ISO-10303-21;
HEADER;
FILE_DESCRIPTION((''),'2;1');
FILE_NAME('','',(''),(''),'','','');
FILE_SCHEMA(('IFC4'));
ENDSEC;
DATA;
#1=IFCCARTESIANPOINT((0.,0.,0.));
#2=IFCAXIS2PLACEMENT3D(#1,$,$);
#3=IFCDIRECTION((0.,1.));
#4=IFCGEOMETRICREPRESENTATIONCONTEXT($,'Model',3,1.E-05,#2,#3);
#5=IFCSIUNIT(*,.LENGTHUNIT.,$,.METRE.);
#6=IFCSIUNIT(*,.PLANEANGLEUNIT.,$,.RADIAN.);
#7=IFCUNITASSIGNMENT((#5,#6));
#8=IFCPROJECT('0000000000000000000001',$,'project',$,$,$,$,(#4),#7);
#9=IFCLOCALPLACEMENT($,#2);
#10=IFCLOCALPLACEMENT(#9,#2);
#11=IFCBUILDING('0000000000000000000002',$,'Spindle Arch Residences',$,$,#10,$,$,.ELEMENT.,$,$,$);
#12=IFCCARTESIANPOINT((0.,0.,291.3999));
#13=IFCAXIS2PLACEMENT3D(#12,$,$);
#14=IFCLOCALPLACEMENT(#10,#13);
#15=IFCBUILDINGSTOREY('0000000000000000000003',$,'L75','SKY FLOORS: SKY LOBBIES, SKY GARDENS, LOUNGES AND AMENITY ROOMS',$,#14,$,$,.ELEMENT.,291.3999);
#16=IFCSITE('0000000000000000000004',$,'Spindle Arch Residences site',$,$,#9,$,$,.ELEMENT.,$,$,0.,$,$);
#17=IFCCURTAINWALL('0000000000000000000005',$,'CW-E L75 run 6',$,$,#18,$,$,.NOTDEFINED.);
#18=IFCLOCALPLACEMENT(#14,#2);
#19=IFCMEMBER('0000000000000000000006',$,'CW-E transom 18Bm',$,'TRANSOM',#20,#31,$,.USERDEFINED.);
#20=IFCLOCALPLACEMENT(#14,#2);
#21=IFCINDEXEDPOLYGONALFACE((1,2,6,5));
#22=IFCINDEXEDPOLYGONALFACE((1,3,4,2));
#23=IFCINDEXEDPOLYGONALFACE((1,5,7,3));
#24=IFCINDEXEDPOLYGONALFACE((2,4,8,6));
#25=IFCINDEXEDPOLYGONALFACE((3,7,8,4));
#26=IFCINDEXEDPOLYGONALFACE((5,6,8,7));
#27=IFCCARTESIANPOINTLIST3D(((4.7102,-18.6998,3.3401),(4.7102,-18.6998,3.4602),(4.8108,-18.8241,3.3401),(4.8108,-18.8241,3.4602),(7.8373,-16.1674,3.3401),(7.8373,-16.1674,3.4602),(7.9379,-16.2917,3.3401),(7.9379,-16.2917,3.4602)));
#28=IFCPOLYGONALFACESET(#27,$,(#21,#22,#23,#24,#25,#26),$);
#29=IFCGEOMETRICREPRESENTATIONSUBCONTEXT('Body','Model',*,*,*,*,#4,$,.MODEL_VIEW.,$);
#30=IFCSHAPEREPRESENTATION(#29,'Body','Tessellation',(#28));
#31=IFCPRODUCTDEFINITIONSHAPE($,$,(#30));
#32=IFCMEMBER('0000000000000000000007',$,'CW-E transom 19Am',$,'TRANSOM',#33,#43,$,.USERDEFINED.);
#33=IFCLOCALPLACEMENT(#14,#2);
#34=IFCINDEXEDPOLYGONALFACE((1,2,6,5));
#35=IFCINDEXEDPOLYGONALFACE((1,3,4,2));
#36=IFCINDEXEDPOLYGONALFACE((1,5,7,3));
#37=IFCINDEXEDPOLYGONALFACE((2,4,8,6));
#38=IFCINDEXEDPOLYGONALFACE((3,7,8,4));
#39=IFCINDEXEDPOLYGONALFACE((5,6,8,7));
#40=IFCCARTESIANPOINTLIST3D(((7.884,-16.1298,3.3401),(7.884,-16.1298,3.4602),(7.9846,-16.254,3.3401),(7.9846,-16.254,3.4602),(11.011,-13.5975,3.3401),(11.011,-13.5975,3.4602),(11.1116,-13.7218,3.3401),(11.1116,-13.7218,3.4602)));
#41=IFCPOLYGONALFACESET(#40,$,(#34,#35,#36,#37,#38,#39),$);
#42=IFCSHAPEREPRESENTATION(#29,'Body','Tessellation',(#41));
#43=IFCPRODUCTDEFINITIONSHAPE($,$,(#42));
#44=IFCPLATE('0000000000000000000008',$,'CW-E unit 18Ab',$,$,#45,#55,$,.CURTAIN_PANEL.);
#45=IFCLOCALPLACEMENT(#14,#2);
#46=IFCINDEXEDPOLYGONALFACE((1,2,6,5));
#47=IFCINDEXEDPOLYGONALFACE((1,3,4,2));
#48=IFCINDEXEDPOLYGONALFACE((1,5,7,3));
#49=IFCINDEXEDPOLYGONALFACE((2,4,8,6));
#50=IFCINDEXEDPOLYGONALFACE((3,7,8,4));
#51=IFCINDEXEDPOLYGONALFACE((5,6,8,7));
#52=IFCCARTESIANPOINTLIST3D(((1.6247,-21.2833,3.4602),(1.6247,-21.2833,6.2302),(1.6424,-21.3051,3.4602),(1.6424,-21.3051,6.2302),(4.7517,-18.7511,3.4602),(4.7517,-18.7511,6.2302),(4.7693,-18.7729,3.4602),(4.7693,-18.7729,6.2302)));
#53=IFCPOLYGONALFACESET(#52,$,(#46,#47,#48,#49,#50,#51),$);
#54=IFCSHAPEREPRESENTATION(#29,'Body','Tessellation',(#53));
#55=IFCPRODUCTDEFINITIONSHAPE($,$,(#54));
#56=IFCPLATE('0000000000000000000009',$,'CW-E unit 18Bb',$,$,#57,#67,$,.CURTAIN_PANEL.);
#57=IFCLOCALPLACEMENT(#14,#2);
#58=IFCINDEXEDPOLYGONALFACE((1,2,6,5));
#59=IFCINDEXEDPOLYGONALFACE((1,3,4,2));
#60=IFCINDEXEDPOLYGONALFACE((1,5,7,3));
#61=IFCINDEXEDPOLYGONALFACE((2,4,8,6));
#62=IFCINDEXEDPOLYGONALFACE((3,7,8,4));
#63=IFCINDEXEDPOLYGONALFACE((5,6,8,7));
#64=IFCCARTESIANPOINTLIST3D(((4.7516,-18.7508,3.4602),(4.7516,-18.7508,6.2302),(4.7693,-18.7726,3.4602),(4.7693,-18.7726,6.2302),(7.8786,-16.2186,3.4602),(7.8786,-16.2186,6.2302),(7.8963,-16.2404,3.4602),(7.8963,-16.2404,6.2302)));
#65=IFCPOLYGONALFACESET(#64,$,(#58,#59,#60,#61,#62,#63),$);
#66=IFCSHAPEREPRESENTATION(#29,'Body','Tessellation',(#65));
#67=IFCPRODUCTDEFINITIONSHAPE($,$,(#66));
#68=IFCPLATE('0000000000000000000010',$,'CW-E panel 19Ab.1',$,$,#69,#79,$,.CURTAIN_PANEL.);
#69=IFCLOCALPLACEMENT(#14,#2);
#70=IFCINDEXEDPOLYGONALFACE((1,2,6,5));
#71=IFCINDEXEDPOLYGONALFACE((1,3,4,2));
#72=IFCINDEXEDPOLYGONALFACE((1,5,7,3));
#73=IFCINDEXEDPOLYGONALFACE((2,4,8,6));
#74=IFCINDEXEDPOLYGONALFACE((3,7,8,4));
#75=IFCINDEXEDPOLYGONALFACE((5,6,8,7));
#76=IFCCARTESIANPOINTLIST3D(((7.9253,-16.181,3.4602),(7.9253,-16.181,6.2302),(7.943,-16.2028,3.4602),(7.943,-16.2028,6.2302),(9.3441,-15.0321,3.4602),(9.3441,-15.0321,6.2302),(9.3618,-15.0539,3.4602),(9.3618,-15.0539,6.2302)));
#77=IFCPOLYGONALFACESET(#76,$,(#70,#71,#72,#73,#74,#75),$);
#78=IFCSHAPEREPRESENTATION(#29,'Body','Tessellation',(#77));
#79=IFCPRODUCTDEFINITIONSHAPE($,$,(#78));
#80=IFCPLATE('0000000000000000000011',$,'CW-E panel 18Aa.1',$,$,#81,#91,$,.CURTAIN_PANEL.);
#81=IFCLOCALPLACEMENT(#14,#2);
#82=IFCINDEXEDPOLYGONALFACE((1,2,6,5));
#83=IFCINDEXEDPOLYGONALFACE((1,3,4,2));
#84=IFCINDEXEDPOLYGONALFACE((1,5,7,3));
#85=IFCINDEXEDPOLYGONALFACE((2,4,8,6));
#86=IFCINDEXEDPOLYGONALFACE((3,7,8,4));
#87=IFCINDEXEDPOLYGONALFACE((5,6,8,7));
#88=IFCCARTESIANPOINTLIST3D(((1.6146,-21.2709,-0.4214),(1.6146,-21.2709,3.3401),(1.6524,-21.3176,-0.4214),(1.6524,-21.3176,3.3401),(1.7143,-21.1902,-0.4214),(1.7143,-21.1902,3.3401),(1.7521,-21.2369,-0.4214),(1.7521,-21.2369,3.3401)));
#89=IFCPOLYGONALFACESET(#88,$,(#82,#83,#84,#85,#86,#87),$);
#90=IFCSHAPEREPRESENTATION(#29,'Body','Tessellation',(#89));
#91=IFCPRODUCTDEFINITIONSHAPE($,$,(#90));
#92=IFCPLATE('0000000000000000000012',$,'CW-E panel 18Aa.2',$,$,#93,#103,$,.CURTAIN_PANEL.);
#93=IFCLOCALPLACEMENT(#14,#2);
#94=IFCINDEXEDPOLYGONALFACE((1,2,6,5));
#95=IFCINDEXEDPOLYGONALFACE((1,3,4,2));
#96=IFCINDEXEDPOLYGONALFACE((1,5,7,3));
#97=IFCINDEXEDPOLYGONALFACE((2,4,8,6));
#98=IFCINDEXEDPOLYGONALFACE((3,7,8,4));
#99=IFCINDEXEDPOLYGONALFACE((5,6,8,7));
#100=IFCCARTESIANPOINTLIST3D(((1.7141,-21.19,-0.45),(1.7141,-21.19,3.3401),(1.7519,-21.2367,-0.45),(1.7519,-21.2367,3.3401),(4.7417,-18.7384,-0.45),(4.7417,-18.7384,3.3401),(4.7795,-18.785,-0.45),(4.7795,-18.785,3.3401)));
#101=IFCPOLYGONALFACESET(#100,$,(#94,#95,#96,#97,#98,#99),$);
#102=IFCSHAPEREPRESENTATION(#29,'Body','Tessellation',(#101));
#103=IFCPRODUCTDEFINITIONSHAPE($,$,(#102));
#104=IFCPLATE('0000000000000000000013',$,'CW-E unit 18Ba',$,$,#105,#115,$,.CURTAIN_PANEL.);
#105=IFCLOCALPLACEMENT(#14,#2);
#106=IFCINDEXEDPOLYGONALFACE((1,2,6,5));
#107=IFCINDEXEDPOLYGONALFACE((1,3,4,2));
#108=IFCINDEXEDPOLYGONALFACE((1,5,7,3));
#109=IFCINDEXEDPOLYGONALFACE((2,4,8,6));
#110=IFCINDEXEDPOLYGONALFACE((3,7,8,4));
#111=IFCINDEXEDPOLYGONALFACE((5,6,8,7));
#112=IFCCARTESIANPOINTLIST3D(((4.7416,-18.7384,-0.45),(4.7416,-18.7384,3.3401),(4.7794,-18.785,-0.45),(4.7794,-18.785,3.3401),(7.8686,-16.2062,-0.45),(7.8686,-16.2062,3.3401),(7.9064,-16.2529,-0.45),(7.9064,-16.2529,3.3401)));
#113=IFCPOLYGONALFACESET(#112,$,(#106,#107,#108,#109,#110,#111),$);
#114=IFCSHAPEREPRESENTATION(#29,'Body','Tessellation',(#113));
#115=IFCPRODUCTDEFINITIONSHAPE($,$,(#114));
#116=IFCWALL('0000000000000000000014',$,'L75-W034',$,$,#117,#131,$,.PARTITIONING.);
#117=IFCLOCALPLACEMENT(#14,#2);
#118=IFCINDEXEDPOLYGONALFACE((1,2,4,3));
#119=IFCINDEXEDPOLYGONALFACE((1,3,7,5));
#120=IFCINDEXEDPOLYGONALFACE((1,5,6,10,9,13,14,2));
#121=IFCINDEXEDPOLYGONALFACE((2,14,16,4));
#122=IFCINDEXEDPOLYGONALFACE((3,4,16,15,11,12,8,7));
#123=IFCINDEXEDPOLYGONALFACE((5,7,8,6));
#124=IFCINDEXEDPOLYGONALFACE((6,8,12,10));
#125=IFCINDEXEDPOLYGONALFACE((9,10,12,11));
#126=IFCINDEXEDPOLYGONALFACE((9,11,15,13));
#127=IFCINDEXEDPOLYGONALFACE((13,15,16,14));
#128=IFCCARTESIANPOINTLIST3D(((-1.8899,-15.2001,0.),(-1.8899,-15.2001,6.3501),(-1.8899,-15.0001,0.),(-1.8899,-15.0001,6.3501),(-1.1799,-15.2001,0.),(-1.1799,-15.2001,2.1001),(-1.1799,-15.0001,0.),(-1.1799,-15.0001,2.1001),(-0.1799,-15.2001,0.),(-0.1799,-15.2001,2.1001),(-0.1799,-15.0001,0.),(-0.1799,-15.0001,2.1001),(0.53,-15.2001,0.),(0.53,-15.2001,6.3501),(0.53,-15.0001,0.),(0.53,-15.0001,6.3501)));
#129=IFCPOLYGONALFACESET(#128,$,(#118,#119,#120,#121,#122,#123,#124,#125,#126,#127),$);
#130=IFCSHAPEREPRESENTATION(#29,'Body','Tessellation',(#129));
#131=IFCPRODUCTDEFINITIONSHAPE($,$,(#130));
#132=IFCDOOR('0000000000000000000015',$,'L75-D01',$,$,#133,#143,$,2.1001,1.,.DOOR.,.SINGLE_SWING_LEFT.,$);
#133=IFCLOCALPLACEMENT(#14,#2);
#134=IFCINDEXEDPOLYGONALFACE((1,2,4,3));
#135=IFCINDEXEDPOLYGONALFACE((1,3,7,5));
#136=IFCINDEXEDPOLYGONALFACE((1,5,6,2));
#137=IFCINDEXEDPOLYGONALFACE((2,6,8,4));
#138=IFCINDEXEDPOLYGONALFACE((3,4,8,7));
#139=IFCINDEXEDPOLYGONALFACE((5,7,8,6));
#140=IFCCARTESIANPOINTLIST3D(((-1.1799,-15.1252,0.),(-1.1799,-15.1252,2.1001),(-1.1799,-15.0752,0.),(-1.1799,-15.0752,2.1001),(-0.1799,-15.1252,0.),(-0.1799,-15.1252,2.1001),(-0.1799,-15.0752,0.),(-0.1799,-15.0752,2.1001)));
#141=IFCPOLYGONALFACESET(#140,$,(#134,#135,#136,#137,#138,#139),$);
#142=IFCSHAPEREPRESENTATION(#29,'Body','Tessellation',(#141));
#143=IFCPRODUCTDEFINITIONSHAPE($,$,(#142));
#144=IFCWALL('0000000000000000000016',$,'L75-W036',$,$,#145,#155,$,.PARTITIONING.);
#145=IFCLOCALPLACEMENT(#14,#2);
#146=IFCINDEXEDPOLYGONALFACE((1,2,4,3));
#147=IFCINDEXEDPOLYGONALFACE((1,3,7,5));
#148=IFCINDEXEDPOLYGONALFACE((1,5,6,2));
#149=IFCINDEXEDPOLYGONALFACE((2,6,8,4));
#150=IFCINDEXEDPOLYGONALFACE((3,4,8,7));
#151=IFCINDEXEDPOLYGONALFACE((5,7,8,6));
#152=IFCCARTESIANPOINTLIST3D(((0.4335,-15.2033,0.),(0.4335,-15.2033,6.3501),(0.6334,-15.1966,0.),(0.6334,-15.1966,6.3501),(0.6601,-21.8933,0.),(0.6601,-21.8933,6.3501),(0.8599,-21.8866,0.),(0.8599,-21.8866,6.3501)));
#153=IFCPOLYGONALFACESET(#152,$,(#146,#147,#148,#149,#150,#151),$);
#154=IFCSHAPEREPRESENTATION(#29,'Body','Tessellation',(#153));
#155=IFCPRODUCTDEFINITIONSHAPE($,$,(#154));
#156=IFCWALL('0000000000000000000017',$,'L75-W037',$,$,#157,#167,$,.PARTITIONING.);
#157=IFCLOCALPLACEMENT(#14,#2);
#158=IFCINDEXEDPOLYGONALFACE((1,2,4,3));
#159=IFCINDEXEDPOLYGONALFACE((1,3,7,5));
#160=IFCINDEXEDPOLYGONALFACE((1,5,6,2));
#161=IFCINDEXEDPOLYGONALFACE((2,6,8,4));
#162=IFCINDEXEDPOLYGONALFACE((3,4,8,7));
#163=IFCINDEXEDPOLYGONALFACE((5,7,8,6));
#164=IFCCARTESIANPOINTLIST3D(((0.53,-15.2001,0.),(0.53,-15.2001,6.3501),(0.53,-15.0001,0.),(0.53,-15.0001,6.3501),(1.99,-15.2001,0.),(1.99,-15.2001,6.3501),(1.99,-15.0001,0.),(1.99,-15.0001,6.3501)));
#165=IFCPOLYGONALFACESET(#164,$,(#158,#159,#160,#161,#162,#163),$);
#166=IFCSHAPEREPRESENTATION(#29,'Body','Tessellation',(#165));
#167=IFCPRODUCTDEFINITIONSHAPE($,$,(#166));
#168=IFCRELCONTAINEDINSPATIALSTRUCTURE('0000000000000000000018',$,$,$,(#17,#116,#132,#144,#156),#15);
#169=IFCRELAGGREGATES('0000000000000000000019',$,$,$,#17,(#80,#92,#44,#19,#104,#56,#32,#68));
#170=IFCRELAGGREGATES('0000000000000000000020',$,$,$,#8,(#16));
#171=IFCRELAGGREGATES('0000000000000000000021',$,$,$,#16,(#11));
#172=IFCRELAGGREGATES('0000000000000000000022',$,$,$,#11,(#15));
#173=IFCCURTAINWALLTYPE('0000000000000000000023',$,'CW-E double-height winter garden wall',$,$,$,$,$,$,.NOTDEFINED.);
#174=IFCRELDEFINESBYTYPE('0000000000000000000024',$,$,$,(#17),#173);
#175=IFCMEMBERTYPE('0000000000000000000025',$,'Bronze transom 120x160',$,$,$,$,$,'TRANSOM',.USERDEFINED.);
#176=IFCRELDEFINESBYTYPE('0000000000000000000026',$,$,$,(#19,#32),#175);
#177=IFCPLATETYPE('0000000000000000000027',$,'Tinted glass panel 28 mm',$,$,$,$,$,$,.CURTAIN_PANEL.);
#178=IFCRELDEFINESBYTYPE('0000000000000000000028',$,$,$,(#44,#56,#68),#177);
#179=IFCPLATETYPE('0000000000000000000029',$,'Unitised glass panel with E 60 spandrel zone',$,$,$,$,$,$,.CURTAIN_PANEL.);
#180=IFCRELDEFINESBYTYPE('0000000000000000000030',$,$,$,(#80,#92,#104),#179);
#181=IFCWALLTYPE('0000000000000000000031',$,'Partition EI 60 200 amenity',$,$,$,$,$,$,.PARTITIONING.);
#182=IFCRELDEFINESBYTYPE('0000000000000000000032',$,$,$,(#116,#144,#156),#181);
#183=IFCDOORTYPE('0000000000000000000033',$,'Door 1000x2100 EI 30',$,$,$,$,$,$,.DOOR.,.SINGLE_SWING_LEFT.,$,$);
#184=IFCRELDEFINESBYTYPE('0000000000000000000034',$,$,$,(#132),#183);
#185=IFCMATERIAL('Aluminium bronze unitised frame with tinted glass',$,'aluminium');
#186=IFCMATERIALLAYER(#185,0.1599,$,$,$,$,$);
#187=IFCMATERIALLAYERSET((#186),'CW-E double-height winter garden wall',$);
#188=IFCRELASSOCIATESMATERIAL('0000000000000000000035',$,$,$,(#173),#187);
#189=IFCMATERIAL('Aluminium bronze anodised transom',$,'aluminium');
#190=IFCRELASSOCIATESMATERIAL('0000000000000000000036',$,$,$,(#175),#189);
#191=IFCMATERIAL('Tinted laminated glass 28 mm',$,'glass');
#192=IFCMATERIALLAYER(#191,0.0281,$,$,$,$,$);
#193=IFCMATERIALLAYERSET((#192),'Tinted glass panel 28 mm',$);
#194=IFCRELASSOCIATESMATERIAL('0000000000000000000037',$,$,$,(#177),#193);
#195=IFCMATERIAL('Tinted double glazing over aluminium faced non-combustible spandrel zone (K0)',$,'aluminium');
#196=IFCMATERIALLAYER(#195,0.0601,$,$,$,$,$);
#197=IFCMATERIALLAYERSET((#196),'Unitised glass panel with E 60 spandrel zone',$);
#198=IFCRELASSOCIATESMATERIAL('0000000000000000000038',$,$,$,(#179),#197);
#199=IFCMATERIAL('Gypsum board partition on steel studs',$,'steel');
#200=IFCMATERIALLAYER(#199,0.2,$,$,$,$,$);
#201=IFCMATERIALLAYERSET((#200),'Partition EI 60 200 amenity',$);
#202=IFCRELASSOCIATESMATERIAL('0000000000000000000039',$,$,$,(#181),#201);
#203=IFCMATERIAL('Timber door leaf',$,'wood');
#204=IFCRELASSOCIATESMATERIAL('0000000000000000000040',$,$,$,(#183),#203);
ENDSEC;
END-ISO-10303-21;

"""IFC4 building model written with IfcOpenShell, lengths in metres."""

from ifc_helpers import new_model, si_unit, direction, frame, frame_2d, origin, origin_2d, place, context, subcontext, project, spatial, rectangle, extrude, material, layer, layer_set, material_profile, profile_set, type_object, element, fill, aggregate, save


model = new_model("IFC4")

# Units and contexts
model_context = context("Model", 3, precision=1e-05, world=origin(), true_north=direction((0.0, 1.0)))
body_context = subcontext(model_context, "Body", "Model", "MODEL_VIEW")
ifc_project = project(units=[si_unit("LENGTHUNIT", "METRE"), si_unit("PLANEANGLEUNIT", "RADIAN")], contexts=[model_context])

# Site, building, storey
site_placement = place(None, origin())
site = spatial("IfcSite", under=ifc_project, at=site_placement, Name="Spindle Arch Residences site", CompositionType="ELEMENT", RefElevation=0.0)
building_placement = place(site_placement, origin())
building = spatial("IfcBuilding", under=site, at=building_placement, Name="Spindle Arch Residences", CompositionType="ELEMENT")
storey_placement = place(building_placement, frame((0.0, 0.0, 291.3999)))
storey = spatial("IfcBuildingStorey", under=building, at=storey_placement, Name="L75", Description="SKY FLOORS: SKY LOBBIES, SKY GARDENS, LOUNGES AND AMENITY ROOMS", CompositionType="ELEMENT", Elevation=291.3999)

# Curtain wall, members, plates
ifc_material_1 = material(Name="Aluminium bronze unitised frame with tinted glass", Category="aluminium")
ifc_layer_1 = layer(ifc_material_1, 0.1599)
ifc_layer_set_1 = layer_set([ifc_layer_1], Name="CW-E double-height winter garden wall")
curtain_wall_type = type_object("IfcCurtainWallType", Name="CW-E double-height winter garden wall", PredefinedType="NOTDEFINED", material=ifc_layer_set_1)
curtain_wall_placement = place(storey_placement, origin())
curtain_wall = element("IfcCurtainWall", 1, at=curtain_wall_placement, inside=storey, type_object=curtain_wall_type, Name="CW-E L75 run 6", PredefinedType="NOTDEFINED")
ifc_material_2 = material(Name="Aluminium bronze anodised transom", Category="aluminium")
ifc_material_profile_1 = material_profile(ifc_material_2, rectangle(XDim=0.1599, YDim=0.1201, at=origin_2d()), Name="TR 120x160")
ifc_profile_set_1 = profile_set([ifc_material_profile_1], Name="Aluminium bronze anodised transom")
member_type_1 = type_object("IfcMemberType", Name="Bronze transom 120x160", ElementType="TRANSOM", PredefinedType="USERDEFINED", material=ifc_profile_set_1)
member_1_placement = place(storey_placement, frame((4.7605, -18.762, 3.4001), z_axis=(0.777132, 0.629338, 0.0), x_axis=(-0.629338, 0.777132, 0.0)))
member_1 = element("IfcMember", 2, at=member_1_placement, type_object=member_type_1, Name="CW-E transom 18Bm", ObjectType="TRANSOM", PredefinedType="USERDEFINED", context=body_context, shape_type="SweptSolid", body=[
    extrude(rectangle(XDim=0.1599, YDim=0.1201, at=origin_2d()), origin(), (0.0, 0.0, 1.0), 4.0239),
])
member_2_placement = place(storey_placement, frame((7.9343, -16.1919, 3.4001), z_axis=(0.777137, 0.629331, 0.0), x_axis=(-0.629331, 0.777137, 0.0)))
member_2 = element("IfcMember", 3, at=member_2_placement, type_object=member_type_1, Name="CW-E transom 19Am", ObjectType="TRANSOM", PredefinedType="USERDEFINED", context=body_context, shape_type="SweptSolid", body=[
    extrude(rectangle(XDim=0.1599, YDim=0.1201, at=origin_2d()), origin(), (0.0, 0.0, 1.0), 4.0237),
])
ifc_material_3 = material(Name="Tinted laminated glass 28 mm", Category="glass")
ifc_layer_2 = layer(ifc_material_3, 0.0281)
ifc_layer_set_2 = layer_set([ifc_layer_2], Name="Tinted glass panel 28 mm")
plate_type_1 = type_object("IfcPlateType", Name="Tinted glass panel 28 mm", PredefinedType="CURTAIN_PANEL", material=ifc_layer_set_2)
plate_1_placement = place(storey_placement, frame((3.197, -20.0281, 3.4602), z_axis=(0.0, 0.0, 1.0), x_axis=(0.777146, 0.62932, 0.0)))
plate_1 = element("IfcPlate", 4, at=plate_1_placement, type_object=plate_type_1, Name="CW-E unit 18Ab", PredefinedType="CURTAIN_PANEL", context=body_context, shape_type="SweptSolid", body=[
    extrude(rectangle(XDim=4.0237, YDim=0.0281, at=origin_2d()), origin(), (0.0, 0.0, 1.0), 2.77),
])
plate_2_placement = place(storey_placement, frame((6.324, -17.4956, 3.4602), z_axis=(0.0, 0.0, 1.0), x_axis=(0.777146, 0.62932, 0.0)))
plate_2 = element("IfcPlate", 5, at=plate_2_placement, type_object=plate_type_1, Name="CW-E unit 18Bb", PredefinedType="CURTAIN_PANEL", context=body_context, shape_type="SweptSolid", body=[
    extrude(rectangle(XDim=4.0237, YDim=0.0281, at=origin_2d()), origin(), (0.0, 0.0, 1.0), 2.77),
])
plate_3_placement = place(storey_placement, frame((8.6436, -15.6174, 3.4602), z_axis=(0.0, 0.0, 1.0), x_axis=(0.777146, 0.62932, 0.0)))
plate_3 = element("IfcPlate", 6, at=plate_3_placement, type_object=plate_type_1, Name="CW-E panel 19Ab.1", PredefinedType="CURTAIN_PANEL", context=body_context, shape_type="SweptSolid", body=[
    extrude(rectangle(XDim=1.8257, YDim=0.0281, at=origin_2d()), origin(), (0.0, 0.0, 1.0), 2.77),
])
ifc_material_4 = material(Name="Tinted double glazing over aluminium faced non-combustible spandrel zone (K0)", Category="aluminium")
ifc_layer_3 = layer(ifc_material_4, 0.0601)
ifc_layer_set_3 = layer_set([ifc_layer_3], Name="Unitised glass panel with E 60 spandrel zone")
plate_type_2 = type_object("IfcPlateType", Name="Unitised glass panel with E 60 spandrel zone", PredefinedType="CURTAIN_PANEL", material=ifc_layer_set_3)
plate_4_placement = place(storey_placement, frame((1.6833, -21.2539, -0.4214), z_axis=(0.0, 0.0, 1.0), x_axis=(0.777146, 0.62932, 0.0)))
plate_4 = element("IfcPlate", 7, at=plate_4_placement, type_object=plate_type_2, Name="CW-E panel 18Aa.1", PredefinedType="CURTAIN_PANEL", context=body_context, shape_type="SweptSolid", body=[
    extrude(rectangle(XDim=0.1282, YDim=0.0601, at=origin_2d()), origin(), (0.0, 0.0, 1.0), 3.7615),
])
plate_5_placement = place(storey_placement, frame((3.2468, -19.9875, -0.45), z_axis=(0.0, 0.0, 1.0), x_axis=(0.777146, 0.62932, 0.0)))
plate_5 = element("IfcPlate", 8, at=plate_5_placement, type_object=plate_type_2, Name="CW-E panel 18Aa.2", PredefinedType="CURTAIN_PANEL", context=body_context, shape_type="SweptSolid", body=[
    extrude(rectangle(XDim=3.8958, YDim=0.0601, at=origin_2d()), origin(), (0.0, 0.0, 1.0), 3.79),
])
plate_6_placement = place(storey_placement, frame((6.324, -17.4956, -0.45), z_axis=(0.0, 0.0, 1.0), x_axis=(0.777146, 0.62932, 0.0)))
plate_6 = element("IfcPlate", 9, at=plate_6_placement, type_object=plate_type_2, Name="CW-E unit 18Ba", PredefinedType="CURTAIN_PANEL", context=body_context, shape_type="SweptSolid", body=[
    extrude(rectangle(XDim=4.0237, YDim=0.0601, at=origin_2d()), origin(), (0.0, 0.0, 1.0), 3.79),
])
aggregate(curtain_wall, [plate_4, plate_5, plate_1, member_1, plate_6, plate_2, member_2, plate_3])

# Wall, opening, door
ifc_material_5 = material(Name="Gypsum board partition on steel studs", Category="steel")
ifc_layer_4 = layer(ifc_material_5, 0.2)
ifc_layer_set_4 = layer_set([ifc_layer_4], Name="Partition EI 60 200 amenity")
wall_type = type_object("IfcWallType", Name="Partition EI 60 200 amenity", PredefinedType="PARTITIONING", material=ifc_layer_set_4)
wall_1_placement = place(storey_placement, frame((-1.8899, -15.1001, 0.0), z_axis=(0.0, 0.0, 1.0), x_axis=(1.0, 0.0, 0.0)))
wall_1 = element("IfcWall", 10, at=wall_1_placement, inside=storey, type_object=wall_type, Name="L75-W034", PredefinedType="PARTITIONING", context=body_context, shape_type="SweptSolid", body=[
    extrude(rectangle(XDim=2.4199, YDim=0.2, at=frame_2d((1.21, 0.0))), origin(), (0.0, 0.0, 1.0), 6.3501),
])
opening_1_placement = place(wall_1_placement, frame((0.71, 0.0, 0.0)))
opening_1 = element("IfcOpeningElement", 11, at=opening_1_placement, cuts=wall_1, PredefinedType="OPENING", context=body_context, shape_type="SweptSolid", body=[
    extrude(rectangle(XDim=1.0, YDim=2.1001, at=frame_2d((0.5, 1.05))), frame((0.0, 0.1099, 0.0), z_axis=(0.0, -1.0, 0.0), x_axis=(1.0, 0.0, 0.0)), (0.0, 0.0, 1.0), 0.22),
])
ifc_material_6 = material(Name="Timber door leaf", Category="wood")
door_type = type_object("IfcDoorType", Name="Door 1000x2100 EI 30", OperationType="SINGLE_SWING_LEFT", PredefinedType="DOOR", material=ifc_material_6)
door_1_placement = place(opening_1_placement, origin())
door_1 = element("IfcDoor", 12, at=door_1_placement, inside=storey, type_object=door_type, Name="L75-D01", OperationType="SINGLE_SWING_LEFT", OverallHeight=2.1001, OverallWidth=1.0, PredefinedType="DOOR", context=body_context, shape_type="SweptSolid", body=[
    extrude(rectangle(XDim=1.0, YDim=2.1001, at=frame_2d((0.5, 1.05))), frame((0.0, 0.0249, 0.0), z_axis=(0.0, -1.0, 0.0), x_axis=(1.0, 0.0, 0.0)), (0.0, 0.0, 1.0), 0.05),
])
fill(opening_1, door_1)

# Walls
wall_2_placement = place(storey_placement, frame((0.5334, -15.2, 0.0), z_axis=(0.0, 0.0, 1.0), x_axis=(0.033847, -0.999427, 0.0)))
element("IfcWall", 13, at=wall_2_placement, inside=storey, type_object=wall_type, Name="L75-W036", PredefinedType="PARTITIONING", context=body_context, shape_type="SweptSolid", body=[
    extrude(rectangle(XDim=6.6938, YDim=0.2, at=frame_2d((3.3469, 0.0))), origin(), (0.0, 0.0, 1.0), 6.3501),
])
wall_3_placement = place(storey_placement, frame((0.53, -15.1001, 0.0), z_axis=(0.0, 0.0, 1.0), x_axis=(1.0, 0.0, 0.0)))
element("IfcWall", 14, at=wall_3_placement, inside=storey, type_object=wall_type, Name="L75-W037", PredefinedType="PARTITIONING", context=body_context, shape_type="SweptSolid", body=[
    extrude(rectangle(XDim=1.46, YDim=0.2, at=frame_2d((0.73, 0.0))), origin(), (0.0, 0.0, 1.0), 6.3501),
])

save(model, "model.ifc")
